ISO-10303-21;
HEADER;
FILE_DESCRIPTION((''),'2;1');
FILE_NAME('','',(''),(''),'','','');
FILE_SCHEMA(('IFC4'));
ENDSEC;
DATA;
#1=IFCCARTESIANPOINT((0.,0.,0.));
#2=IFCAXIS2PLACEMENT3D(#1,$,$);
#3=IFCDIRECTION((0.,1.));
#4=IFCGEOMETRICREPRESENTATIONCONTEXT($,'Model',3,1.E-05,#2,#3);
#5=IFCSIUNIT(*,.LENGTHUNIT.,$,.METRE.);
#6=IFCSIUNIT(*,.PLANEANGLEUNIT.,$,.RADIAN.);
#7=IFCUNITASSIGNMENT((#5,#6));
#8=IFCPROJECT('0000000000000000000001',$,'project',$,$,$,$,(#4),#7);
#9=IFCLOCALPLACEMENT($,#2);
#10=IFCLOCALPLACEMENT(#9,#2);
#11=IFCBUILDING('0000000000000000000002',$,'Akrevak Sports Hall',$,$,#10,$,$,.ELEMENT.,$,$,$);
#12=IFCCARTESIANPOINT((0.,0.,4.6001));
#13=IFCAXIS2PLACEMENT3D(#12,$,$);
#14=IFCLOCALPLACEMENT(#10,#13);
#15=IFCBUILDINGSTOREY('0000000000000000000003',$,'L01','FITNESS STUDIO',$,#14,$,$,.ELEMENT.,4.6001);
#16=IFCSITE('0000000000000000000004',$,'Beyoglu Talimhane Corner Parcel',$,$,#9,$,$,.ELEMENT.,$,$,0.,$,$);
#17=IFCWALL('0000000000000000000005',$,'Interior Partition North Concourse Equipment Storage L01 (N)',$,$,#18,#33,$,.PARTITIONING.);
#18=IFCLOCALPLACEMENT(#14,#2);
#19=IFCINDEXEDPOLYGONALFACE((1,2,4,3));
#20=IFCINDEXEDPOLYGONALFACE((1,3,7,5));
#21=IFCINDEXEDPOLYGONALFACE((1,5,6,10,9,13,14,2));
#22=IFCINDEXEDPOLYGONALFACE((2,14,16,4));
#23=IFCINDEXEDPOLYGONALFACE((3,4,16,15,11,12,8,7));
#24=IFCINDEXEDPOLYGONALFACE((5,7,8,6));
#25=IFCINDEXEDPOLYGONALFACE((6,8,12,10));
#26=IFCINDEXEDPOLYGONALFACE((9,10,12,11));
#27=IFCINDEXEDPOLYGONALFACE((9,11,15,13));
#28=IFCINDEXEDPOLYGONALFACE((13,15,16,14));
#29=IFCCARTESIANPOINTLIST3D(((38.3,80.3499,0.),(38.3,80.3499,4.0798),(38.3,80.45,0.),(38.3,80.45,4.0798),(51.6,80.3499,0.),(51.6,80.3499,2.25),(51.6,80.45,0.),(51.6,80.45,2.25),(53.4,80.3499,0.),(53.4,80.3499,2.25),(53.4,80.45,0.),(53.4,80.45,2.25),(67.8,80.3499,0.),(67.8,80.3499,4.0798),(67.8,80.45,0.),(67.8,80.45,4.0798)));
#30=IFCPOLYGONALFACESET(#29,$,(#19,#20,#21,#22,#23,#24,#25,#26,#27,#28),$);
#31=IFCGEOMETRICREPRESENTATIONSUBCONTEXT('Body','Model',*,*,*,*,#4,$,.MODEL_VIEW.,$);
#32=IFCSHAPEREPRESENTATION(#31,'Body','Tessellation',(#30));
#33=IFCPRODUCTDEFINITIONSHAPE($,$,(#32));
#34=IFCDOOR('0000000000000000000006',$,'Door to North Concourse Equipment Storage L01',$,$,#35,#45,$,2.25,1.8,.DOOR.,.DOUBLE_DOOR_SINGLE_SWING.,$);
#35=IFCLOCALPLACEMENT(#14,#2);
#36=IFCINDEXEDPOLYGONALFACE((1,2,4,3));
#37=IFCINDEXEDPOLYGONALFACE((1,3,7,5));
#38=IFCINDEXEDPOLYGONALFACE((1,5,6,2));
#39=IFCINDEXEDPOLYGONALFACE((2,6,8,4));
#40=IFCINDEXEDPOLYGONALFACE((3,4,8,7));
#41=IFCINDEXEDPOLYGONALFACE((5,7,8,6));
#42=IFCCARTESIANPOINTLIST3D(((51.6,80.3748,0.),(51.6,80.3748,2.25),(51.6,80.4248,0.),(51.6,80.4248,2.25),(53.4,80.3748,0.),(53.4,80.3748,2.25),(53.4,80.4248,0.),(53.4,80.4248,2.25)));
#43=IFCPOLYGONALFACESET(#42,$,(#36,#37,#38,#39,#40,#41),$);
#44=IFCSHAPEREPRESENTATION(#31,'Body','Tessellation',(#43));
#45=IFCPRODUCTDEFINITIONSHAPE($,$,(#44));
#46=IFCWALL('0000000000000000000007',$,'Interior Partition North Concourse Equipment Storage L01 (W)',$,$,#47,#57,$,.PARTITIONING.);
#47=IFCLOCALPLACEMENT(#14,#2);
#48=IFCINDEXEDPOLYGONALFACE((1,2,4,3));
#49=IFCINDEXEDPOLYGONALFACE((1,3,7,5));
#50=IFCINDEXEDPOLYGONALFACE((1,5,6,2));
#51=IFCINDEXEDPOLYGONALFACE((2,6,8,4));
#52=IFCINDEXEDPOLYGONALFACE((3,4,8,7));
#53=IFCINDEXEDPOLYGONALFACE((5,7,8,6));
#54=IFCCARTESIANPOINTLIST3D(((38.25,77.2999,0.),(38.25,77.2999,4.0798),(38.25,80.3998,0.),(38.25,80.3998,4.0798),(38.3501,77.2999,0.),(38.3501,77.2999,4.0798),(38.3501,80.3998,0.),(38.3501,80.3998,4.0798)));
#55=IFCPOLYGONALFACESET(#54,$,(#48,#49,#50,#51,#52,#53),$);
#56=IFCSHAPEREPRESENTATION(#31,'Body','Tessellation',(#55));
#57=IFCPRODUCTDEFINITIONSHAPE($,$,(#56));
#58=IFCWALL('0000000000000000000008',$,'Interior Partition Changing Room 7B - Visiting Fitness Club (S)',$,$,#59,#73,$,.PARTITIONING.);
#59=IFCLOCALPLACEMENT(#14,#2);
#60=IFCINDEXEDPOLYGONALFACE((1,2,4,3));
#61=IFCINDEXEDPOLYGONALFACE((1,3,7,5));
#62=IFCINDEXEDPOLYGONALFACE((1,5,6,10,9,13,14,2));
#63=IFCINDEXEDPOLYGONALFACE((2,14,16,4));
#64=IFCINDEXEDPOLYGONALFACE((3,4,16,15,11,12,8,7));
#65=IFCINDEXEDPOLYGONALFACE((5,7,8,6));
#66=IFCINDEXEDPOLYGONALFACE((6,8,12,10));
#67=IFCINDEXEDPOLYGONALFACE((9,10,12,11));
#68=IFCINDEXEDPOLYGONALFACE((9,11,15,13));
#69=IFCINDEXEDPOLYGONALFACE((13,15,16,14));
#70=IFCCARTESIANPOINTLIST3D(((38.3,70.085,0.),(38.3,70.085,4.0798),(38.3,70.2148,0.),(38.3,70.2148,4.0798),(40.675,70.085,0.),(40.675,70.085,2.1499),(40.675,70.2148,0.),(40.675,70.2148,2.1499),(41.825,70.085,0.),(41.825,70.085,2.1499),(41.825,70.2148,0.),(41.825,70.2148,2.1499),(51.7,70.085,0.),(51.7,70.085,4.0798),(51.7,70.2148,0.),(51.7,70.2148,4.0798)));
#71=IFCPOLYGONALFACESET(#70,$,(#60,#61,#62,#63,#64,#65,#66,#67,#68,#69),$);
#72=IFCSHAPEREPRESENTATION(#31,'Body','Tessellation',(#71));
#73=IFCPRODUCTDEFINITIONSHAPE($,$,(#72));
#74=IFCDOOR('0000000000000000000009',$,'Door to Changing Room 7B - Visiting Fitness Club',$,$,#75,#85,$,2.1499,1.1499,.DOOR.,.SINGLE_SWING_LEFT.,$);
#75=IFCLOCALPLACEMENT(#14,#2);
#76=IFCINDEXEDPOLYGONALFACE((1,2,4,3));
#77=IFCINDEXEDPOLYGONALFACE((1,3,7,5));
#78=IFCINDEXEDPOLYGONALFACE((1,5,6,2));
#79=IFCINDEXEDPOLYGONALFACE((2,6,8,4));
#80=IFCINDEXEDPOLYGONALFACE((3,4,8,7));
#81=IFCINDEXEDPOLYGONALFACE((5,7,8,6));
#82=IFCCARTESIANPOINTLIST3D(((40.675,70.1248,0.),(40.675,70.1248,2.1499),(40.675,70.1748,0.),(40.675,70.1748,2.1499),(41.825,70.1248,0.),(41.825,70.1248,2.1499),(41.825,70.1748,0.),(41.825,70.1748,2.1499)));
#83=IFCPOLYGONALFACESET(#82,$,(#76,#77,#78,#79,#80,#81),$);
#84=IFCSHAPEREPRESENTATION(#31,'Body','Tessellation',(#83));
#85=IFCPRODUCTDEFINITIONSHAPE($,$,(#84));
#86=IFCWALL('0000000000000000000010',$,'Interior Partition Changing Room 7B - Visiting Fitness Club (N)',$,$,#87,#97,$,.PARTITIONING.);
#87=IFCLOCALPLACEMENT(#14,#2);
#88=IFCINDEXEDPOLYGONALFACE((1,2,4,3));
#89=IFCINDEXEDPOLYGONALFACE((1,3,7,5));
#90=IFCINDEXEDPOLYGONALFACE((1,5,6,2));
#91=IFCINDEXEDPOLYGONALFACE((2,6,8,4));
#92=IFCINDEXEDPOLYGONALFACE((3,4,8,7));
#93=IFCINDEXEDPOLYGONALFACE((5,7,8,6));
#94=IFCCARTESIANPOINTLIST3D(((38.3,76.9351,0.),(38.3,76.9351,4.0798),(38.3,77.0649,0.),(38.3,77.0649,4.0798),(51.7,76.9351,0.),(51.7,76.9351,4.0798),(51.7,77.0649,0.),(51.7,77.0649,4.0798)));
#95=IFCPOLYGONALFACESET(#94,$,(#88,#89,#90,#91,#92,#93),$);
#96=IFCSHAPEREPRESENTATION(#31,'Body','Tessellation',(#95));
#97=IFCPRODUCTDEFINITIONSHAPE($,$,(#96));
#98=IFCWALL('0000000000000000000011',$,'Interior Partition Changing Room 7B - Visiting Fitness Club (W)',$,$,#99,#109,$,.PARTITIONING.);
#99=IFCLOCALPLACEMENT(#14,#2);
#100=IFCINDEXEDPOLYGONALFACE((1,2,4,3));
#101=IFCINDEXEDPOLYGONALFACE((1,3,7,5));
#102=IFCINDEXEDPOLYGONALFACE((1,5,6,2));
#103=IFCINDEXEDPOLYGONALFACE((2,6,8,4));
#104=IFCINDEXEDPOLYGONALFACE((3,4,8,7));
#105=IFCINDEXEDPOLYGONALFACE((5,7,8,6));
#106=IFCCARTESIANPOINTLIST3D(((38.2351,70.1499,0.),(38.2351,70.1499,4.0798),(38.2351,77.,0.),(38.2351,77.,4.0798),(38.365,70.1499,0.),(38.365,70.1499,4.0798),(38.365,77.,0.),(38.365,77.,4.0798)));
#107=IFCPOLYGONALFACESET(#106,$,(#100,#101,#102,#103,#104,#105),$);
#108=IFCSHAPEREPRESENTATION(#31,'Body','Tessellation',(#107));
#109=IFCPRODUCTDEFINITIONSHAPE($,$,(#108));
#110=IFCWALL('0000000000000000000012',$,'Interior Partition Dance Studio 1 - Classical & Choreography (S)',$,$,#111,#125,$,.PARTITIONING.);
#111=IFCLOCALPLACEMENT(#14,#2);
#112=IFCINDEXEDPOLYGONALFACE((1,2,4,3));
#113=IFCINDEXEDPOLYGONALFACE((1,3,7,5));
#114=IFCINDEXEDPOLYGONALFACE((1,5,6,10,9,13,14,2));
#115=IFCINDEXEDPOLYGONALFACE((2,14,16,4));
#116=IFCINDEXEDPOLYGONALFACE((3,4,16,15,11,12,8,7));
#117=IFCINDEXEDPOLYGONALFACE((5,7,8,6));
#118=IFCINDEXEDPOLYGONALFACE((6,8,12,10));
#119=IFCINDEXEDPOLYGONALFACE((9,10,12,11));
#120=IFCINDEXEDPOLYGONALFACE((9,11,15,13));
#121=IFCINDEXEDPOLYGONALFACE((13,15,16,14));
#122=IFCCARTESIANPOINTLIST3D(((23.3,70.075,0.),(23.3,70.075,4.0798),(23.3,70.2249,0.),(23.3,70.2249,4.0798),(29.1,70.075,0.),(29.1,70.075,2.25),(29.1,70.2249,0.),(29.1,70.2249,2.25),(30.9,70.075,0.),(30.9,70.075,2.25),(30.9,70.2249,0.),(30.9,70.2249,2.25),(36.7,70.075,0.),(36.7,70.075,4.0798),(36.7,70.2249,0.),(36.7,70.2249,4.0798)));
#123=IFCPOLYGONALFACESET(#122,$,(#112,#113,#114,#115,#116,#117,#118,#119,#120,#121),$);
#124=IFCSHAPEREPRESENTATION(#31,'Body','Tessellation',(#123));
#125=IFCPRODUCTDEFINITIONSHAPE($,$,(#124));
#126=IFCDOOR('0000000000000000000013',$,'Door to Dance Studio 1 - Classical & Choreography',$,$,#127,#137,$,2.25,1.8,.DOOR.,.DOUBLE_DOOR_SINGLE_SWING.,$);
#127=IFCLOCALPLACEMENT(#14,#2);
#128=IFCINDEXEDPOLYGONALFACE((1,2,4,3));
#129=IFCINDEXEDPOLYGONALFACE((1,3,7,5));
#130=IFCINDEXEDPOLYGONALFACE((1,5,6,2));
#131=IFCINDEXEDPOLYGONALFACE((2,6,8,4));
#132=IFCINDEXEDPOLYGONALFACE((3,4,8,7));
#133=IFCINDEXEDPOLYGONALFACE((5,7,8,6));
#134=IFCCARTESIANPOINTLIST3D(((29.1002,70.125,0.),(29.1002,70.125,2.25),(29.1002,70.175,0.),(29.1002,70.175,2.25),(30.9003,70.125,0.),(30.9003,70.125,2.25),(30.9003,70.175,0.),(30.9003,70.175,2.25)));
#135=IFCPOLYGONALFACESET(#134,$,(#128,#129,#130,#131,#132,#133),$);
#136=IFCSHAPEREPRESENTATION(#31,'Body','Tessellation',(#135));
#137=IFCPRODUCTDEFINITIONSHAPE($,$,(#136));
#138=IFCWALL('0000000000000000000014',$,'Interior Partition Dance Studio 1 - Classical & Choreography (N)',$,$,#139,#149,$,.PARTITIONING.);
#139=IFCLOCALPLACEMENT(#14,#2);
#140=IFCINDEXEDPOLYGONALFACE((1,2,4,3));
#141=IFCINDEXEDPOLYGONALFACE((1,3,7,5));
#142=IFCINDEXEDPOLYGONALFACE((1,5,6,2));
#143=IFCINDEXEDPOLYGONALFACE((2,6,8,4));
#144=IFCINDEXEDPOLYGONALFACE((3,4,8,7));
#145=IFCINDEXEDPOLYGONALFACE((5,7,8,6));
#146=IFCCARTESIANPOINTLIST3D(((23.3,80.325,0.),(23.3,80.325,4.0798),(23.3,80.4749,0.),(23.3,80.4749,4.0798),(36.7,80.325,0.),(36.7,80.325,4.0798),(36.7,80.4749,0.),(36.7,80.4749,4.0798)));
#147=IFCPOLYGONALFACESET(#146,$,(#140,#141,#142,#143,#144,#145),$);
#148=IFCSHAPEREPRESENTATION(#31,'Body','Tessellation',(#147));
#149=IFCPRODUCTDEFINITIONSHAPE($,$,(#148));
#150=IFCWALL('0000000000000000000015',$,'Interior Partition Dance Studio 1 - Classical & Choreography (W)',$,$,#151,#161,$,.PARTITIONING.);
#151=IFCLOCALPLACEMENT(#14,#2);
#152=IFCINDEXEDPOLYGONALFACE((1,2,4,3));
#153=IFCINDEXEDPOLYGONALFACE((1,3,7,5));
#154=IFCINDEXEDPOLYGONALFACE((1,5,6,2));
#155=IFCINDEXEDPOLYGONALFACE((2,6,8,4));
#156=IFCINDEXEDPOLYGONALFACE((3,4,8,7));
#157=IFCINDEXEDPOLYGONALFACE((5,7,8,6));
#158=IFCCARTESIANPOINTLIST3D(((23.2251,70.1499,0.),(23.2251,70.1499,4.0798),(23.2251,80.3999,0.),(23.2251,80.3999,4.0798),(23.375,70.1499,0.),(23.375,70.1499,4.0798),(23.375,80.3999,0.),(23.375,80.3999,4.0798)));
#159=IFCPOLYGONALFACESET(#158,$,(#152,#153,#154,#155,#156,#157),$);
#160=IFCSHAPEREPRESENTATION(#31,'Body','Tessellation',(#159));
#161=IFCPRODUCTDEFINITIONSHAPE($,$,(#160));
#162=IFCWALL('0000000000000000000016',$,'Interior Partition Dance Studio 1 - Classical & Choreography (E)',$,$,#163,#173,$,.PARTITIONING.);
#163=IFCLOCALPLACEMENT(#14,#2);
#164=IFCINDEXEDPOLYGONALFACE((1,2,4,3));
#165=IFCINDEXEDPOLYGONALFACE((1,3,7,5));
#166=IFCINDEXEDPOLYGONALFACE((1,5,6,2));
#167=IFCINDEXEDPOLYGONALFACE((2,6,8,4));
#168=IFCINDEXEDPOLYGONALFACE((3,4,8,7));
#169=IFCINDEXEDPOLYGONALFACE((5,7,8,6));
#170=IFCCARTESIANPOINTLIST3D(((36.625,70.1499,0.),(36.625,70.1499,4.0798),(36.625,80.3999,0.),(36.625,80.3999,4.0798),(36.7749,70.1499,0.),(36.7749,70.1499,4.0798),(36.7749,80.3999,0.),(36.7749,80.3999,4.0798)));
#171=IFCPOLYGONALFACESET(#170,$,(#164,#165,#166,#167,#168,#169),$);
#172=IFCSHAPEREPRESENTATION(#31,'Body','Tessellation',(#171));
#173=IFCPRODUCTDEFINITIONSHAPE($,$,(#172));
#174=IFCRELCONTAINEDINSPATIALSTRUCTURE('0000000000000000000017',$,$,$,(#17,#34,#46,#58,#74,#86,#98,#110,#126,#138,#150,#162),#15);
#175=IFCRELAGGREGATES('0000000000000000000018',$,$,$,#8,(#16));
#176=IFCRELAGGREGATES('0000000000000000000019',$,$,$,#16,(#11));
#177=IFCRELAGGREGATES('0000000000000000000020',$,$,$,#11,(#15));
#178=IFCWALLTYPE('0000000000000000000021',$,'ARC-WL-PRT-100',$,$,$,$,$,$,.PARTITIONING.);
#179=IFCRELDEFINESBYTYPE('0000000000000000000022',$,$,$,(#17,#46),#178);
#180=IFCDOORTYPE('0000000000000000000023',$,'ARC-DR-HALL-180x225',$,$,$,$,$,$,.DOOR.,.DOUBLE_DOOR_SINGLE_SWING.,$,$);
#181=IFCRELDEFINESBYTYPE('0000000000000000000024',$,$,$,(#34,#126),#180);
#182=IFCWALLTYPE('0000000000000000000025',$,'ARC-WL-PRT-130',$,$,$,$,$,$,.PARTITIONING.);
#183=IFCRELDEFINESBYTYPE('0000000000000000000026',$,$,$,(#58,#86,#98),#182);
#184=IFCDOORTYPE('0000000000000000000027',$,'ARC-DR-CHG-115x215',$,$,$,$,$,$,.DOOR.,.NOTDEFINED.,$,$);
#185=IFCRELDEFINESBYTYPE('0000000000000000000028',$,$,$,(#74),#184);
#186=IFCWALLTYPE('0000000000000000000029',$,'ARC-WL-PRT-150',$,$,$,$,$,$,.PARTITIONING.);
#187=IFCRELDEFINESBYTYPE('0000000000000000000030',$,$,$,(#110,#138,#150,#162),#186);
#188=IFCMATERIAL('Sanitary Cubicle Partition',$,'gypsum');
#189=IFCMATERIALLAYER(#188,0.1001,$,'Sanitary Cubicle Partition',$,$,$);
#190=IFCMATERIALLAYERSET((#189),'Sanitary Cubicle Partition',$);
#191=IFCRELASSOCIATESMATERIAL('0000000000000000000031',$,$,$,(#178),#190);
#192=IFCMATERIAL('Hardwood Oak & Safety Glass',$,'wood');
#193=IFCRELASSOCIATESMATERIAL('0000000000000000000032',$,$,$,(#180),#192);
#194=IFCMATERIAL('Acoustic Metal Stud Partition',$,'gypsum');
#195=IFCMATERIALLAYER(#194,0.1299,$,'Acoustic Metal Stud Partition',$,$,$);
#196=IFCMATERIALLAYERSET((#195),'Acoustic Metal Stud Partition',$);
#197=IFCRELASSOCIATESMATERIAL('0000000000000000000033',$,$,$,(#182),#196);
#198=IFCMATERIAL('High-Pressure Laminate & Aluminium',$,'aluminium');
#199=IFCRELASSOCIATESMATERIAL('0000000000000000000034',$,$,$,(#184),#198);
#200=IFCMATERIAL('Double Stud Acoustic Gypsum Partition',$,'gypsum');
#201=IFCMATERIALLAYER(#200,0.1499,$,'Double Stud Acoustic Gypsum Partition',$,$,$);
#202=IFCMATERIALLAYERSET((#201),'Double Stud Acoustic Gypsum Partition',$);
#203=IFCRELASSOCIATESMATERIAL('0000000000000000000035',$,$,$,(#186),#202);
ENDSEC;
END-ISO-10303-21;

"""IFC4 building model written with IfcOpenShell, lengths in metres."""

from ifc_helpers import new_model, si_unit, direction, frame, frame_2d, origin, place, context, subcontext, project, spatial, rectangle, extrude, material, layer, layer_set, type_object, element, fill, save


model = new_model("IFC4")

# Units and contexts
model_context = context("Model", 3, precision=1e-05, world=origin(), true_north=direction((0.0, 1.0)))
body_context = subcontext(model_context, "Body", "Model", "MODEL_VIEW")
ifc_project = project(units=[si_unit("LENGTHUNIT", "METRE"), si_unit("PLANEANGLEUNIT", "RADIAN")], contexts=[model_context])

# Site, building, storey
site_placement = place(None, origin())
site = spatial("IfcSite", under=ifc_project, at=site_placement, Name="Beyoglu Talimhane Corner Parcel", CompositionType="ELEMENT", RefElevation=0.0)
building_placement = place(site_placement, origin())
building = spatial("IfcBuilding", under=site, at=building_placement, Name="Akrevak Sports Hall", CompositionType="ELEMENT")
storey_placement = place(building_placement, frame((0.0, 0.0, 4.6001)))
storey = spatial("IfcBuildingStorey", under=building, at=storey_placement, Name="L01", Description="FITNESS STUDIO", CompositionType="ELEMENT", Elevation=4.6001)

# Wall, opening, door
ifc_material_1 = material(Name="Sanitary Cubicle Partition", Category="gypsum")
ifc_layer_1 = layer(ifc_material_1, 0.1001, Name="Sanitary Cubicle Partition")
ifc_layer_set_1 = layer_set([ifc_layer_1], Name="Sanitary Cubicle Partition")
wall_type_1 = type_object("IfcWallType", Name="ARC-WL-PRT-100", PredefinedType="PARTITIONING", material=ifc_layer_set_1)
wall_1_placement = place(storey_placement, frame((38.3, 80.3999, 0.0), z_axis=(0.0, 0.0, 1.0), x_axis=(1.0, 0.0, 0.0)))
wall_1 = element("IfcWall", 1, at=wall_1_placement, inside=storey, type_object=wall_type_1, Name="Interior Partition North Concourse Equipment Storage L01 (N)", PredefinedType="PARTITIONING", context=body_context, shape_type="SweptSolid", body=[
    extrude(rectangle(XDim=29.5, YDim=0.1001, at=frame_2d((14.75, 0.0))), origin(), (0.0, 0.0, 1.0), 4.0798),
])
opening_1_placement = place(wall_1_placement, frame((13.3, 0.0, 0.0)))
opening_1 = element("IfcOpeningElement", 2, at=opening_1_placement, cuts=wall_1, PredefinedType="OPENING", context=body_context, shape_type="SweptSolid", body=[
    extrude(rectangle(XDim=1.8, YDim=2.25, at=frame_2d((0.8999, 1.125))), frame((0.0, 0.062, 0.0), z_axis=(0.0, -1.0, 0.0), x_axis=(1.0, 0.0, 0.0)), (0.0, 0.0, 1.0), 0.124),
])
ifc_material_2 = material(Name="Hardwood Oak & Safety Glass", Category="wood")
door_type_1 = type_object("IfcDoorType", Name="ARC-DR-HALL-180x225", OperationType="DOUBLE_DOOR_SINGLE_SWING", PredefinedType="DOOR", material=ifc_material_2)
door_1_placement = place(opening_1_placement, origin())
door_1 = element("IfcDoor", 3, at=door_1_placement, inside=storey, type_object=door_type_1, Name="Door to North Concourse Equipment Storage L01", OperationType="DOUBLE_DOOR_SINGLE_SWING", OverallHeight=2.25, OverallWidth=1.8, PredefinedType="DOOR", context=body_context, shape_type="SweptSolid", body=[
    extrude(rectangle(XDim=1.8, YDim=2.25, at=frame_2d((0.8999, 1.125))), frame((0.0, 0.0249, 0.0), z_axis=(0.0, -1.0, 0.0), x_axis=(1.0, 0.0, 0.0)), (0.0, 0.0, 1.0), 0.05),
])
fill(opening_1, door_1)

# Wall
wall_2_placement = place(storey_placement, frame((38.3, 77.3, 0.0), z_axis=(0.0, 0.0, 1.0), x_axis=(0.0, 1.0, 0.0)))
element("IfcWall", 4, at=wall_2_placement, inside=storey, type_object=wall_type_1, Name="Interior Partition North Concourse Equipment Storage L01 (W)", PredefinedType="PARTITIONING", context=body_context, shape_type="SweptSolid", body=[
    extrude(rectangle(XDim=3.0999, YDim=0.1001, at=frame_2d((1.5498, 0.0))), origin(), (0.0, 0.0, 1.0), 4.0798),
])

# Wall, opening, door
ifc_material_3 = material(Name="Acoustic Metal Stud Partition", Category="gypsum")
ifc_layer_2 = layer(ifc_material_3, 0.1299, Name="Acoustic Metal Stud Partition")
ifc_layer_set_2 = layer_set([ifc_layer_2], Name="Acoustic Metal Stud Partition")
wall_type_2 = type_object("IfcWallType", Name="ARC-WL-PRT-130", PredefinedType="PARTITIONING", material=ifc_layer_set_2)
wall_3_placement = place(storey_placement, frame((38.3, 70.1499, 0.0), z_axis=(0.0, 0.0, 1.0), x_axis=(1.0, 0.0, 0.0)))
wall_3 = element("IfcWall", 5, at=wall_3_placement, inside=storey, type_object=wall_type_2, Name="Interior Partition Changing Room 7B - Visiting Fitness Club (S)", PredefinedType="PARTITIONING", context=body_context, shape_type="SweptSolid", body=[
    extrude(rectangle(XDim=13.3999, YDim=0.1299, at=frame_2d((6.7, 0.0))), origin(), (0.0, 0.0, 1.0), 4.0798),
])
opening_2_placement = place(wall_3_placement, frame((2.375, 0.0, 0.0)))
opening_2 = element("IfcOpeningElement", 6, at=opening_2_placement, cuts=wall_3, PredefinedType="OPENING", context=body_context, shape_type="SweptSolid", body=[
    extrude(rectangle(XDim=1.1499, YDim=2.1499, at=frame_2d((0.575, 1.075))), frame((0.0, 0.0769, 0.0), z_axis=(0.0, -1.0, 0.0), x_axis=(1.0, 0.0, 0.0)), (0.0, 0.0, 1.0), 0.1538),
])
ifc_material_4 = material(Name="High-Pressure Laminate & Aluminium", Category="aluminium")
door_type_2 = type_object("IfcDoorType", Name="ARC-DR-CHG-115x215", OperationType="NOTDEFINED", PredefinedType="DOOR", material=ifc_material_4)
door_2_placement = place(opening_2_placement, origin())
door_2 = element("IfcDoor", 7, at=door_2_placement, inside=storey, type_object=door_type_2, Name="Door to Changing Room 7B - Visiting Fitness Club", OperationType="SINGLE_SWING_LEFT", OverallHeight=2.1499, OverallWidth=1.1499, PredefinedType="DOOR", context=body_context, shape_type="SweptSolid", body=[
    extrude(rectangle(XDim=1.1499, YDim=2.1499, at=frame_2d((0.575, 1.075))), frame((0.0, 0.0249, 0.0), z_axis=(0.0, -1.0, 0.0), x_axis=(1.0, 0.0, 0.0)), (0.0, 0.0, 1.0), 0.05),
])
fill(opening_2, door_2)

# Walls
wall_4_placement = place(storey_placement, frame((38.3, 77.0, 0.0), z_axis=(0.0, 0.0, 1.0), x_axis=(1.0, 0.0, 0.0)))
element("IfcWall", 8, at=wall_4_placement, inside=storey, type_object=wall_type_2, Name="Interior Partition Changing Room 7B - Visiting Fitness Club (N)", PredefinedType="PARTITIONING", context=body_context, shape_type="SweptSolid", body=[
    extrude(rectangle(XDim=13.3999, YDim=0.1299, at=frame_2d((6.7, 0.0))), origin(), (0.0, 0.0, 1.0), 4.0798),
])
wall_5_placement = place(storey_placement, frame((38.3, 70.1499, 0.0), z_axis=(0.0, 0.0, 1.0), x_axis=(0.0, 1.0, 0.0)))
element("IfcWall", 9, at=wall_5_placement, inside=storey, type_object=wall_type_2, Name="Interior Partition Changing Room 7B - Visiting Fitness Club (W)", PredefinedType="PARTITIONING", context=body_context, shape_type="SweptSolid", body=[
    extrude(rectangle(XDim=6.8501, YDim=0.1299, at=frame_2d((3.425, 0.0))), origin(), (0.0, 0.0, 1.0), 4.0798),
])

# Wall, opening, door
ifc_material_5 = material(Name="Double Stud Acoustic Gypsum Partition", Category="gypsum")
ifc_layer_3 = layer(ifc_material_5, 0.1499, Name="Double Stud Acoustic Gypsum Partition")
ifc_layer_set_3 = layer_set([ifc_layer_3], Name="Double Stud Acoustic Gypsum Partition")
wall_type_3 = type_object("IfcWallType", Name="ARC-WL-PRT-150", PredefinedType="PARTITIONING", material=ifc_layer_set_3)
wall_6_placement = place(storey_placement, frame((23.3, 70.1499, 0.0), z_axis=(0.0, 0.0, 1.0), x_axis=(1.0, 0.0, 0.0)))
wall_6 = element("IfcWall", 10, at=wall_6_placement, inside=storey, type_object=wall_type_3, Name="Interior Partition Dance Studio 1 - Classical & Choreography (S)", PredefinedType="PARTITIONING", context=body_context, shape_type="SweptSolid", body=[
    extrude(rectangle(XDim=13.3999, YDim=0.1499, at=frame_2d((6.7, 0.0))), origin(), (0.0, 0.0, 1.0), 4.0798),
])
opening_3_placement = place(wall_6_placement, frame((5.8, 0.0, 0.0)))
opening_3 = element("IfcOpeningElement", 11, at=opening_3_placement, cuts=wall_6, PredefinedType="OPENING", context=body_context, shape_type="SweptSolid", body=[
    extrude(rectangle(XDim=1.8, YDim=2.25, at=frame_2d((0.8999, 1.125))), frame((0.0, 0.0869, 0.0), z_axis=(0.0, -1.0, 0.0), x_axis=(1.0, 0.0, 0.0)), (0.0, 0.0, 1.0), 0.1738),
])
door_3_placement = place(opening_3_placement, frame((1.8, 0.0, 0.0), z_axis=(0.0, 0.0, 1.0), x_axis=(-1.0, 0.0, 0.0)))
door_3 = element("IfcDoor", 12, at=door_3_placement, inside=storey, type_object=door_type_1, Name="Door to Dance Studio 1 - Classical & Choreography", OperationType="DOUBLE_DOOR_SINGLE_SWING", OverallHeight=2.25, OverallWidth=1.8, PredefinedType="DOOR", context=body_context, shape_type="SweptSolid", body=[
    extrude(rectangle(XDim=1.8, YDim=2.25, at=frame_2d((0.8999, 1.125))), frame((0.0, 0.0249, 0.0), z_axis=(0.0, -1.0, 0.0), x_axis=(1.0, 0.0, 0.0)), (0.0, 0.0, 1.0), 0.05),
])
fill(opening_3, door_3)

# Walls
wall_7_placement = place(storey_placement, frame((23.3, 80.3999, 0.0), z_axis=(0.0, 0.0, 1.0), x_axis=(1.0, 0.0, 0.0)))
element("IfcWall", 13, at=wall_7_placement, inside=storey, type_object=wall_type_3, Name="Interior Partition Dance Studio 1 - Classical & Choreography (N)", PredefinedType="PARTITIONING", context=body_context, shape_type="SweptSolid", body=[
    extrude(rectangle(XDim=13.3999, YDim=0.1499, at=frame_2d((6.7, 0.0))), origin(), (0.0, 0.0, 1.0), 4.0798),
])
for number, where, z_axis, x_axis, name in (
    (14, (23.3, 70.1499, 0.0), (0.0, 0.0, 1.0), (0.0, 1.0, 0.0), "Interior Partition Dance Studio 1 - Classical & Choreography (W)"),
    (15, (36.7, 70.1499, 0.0), (0.0, 0.0, 1.0), (0.0, 1.0, 0.0), "Interior Partition Dance Studio 1 - Classical & Choreography (E)"),
):
    element("IfcWall", number, at=place(storey_placement, frame(where, z_axis=z_axis, x_axis=x_axis)), inside=storey, type_object=wall_type_3, Name=name, PredefinedType="PARTITIONING", context=body_context, shape_type="SweptSolid", body=[
        extrude(rectangle(XDim=10.25, YDim=0.1499, at=frame_2d((5.125, 0.0))), origin(), (0.0, 0.0, 1.0), 4.0798),
    ])

save(model, "model.ifc")
